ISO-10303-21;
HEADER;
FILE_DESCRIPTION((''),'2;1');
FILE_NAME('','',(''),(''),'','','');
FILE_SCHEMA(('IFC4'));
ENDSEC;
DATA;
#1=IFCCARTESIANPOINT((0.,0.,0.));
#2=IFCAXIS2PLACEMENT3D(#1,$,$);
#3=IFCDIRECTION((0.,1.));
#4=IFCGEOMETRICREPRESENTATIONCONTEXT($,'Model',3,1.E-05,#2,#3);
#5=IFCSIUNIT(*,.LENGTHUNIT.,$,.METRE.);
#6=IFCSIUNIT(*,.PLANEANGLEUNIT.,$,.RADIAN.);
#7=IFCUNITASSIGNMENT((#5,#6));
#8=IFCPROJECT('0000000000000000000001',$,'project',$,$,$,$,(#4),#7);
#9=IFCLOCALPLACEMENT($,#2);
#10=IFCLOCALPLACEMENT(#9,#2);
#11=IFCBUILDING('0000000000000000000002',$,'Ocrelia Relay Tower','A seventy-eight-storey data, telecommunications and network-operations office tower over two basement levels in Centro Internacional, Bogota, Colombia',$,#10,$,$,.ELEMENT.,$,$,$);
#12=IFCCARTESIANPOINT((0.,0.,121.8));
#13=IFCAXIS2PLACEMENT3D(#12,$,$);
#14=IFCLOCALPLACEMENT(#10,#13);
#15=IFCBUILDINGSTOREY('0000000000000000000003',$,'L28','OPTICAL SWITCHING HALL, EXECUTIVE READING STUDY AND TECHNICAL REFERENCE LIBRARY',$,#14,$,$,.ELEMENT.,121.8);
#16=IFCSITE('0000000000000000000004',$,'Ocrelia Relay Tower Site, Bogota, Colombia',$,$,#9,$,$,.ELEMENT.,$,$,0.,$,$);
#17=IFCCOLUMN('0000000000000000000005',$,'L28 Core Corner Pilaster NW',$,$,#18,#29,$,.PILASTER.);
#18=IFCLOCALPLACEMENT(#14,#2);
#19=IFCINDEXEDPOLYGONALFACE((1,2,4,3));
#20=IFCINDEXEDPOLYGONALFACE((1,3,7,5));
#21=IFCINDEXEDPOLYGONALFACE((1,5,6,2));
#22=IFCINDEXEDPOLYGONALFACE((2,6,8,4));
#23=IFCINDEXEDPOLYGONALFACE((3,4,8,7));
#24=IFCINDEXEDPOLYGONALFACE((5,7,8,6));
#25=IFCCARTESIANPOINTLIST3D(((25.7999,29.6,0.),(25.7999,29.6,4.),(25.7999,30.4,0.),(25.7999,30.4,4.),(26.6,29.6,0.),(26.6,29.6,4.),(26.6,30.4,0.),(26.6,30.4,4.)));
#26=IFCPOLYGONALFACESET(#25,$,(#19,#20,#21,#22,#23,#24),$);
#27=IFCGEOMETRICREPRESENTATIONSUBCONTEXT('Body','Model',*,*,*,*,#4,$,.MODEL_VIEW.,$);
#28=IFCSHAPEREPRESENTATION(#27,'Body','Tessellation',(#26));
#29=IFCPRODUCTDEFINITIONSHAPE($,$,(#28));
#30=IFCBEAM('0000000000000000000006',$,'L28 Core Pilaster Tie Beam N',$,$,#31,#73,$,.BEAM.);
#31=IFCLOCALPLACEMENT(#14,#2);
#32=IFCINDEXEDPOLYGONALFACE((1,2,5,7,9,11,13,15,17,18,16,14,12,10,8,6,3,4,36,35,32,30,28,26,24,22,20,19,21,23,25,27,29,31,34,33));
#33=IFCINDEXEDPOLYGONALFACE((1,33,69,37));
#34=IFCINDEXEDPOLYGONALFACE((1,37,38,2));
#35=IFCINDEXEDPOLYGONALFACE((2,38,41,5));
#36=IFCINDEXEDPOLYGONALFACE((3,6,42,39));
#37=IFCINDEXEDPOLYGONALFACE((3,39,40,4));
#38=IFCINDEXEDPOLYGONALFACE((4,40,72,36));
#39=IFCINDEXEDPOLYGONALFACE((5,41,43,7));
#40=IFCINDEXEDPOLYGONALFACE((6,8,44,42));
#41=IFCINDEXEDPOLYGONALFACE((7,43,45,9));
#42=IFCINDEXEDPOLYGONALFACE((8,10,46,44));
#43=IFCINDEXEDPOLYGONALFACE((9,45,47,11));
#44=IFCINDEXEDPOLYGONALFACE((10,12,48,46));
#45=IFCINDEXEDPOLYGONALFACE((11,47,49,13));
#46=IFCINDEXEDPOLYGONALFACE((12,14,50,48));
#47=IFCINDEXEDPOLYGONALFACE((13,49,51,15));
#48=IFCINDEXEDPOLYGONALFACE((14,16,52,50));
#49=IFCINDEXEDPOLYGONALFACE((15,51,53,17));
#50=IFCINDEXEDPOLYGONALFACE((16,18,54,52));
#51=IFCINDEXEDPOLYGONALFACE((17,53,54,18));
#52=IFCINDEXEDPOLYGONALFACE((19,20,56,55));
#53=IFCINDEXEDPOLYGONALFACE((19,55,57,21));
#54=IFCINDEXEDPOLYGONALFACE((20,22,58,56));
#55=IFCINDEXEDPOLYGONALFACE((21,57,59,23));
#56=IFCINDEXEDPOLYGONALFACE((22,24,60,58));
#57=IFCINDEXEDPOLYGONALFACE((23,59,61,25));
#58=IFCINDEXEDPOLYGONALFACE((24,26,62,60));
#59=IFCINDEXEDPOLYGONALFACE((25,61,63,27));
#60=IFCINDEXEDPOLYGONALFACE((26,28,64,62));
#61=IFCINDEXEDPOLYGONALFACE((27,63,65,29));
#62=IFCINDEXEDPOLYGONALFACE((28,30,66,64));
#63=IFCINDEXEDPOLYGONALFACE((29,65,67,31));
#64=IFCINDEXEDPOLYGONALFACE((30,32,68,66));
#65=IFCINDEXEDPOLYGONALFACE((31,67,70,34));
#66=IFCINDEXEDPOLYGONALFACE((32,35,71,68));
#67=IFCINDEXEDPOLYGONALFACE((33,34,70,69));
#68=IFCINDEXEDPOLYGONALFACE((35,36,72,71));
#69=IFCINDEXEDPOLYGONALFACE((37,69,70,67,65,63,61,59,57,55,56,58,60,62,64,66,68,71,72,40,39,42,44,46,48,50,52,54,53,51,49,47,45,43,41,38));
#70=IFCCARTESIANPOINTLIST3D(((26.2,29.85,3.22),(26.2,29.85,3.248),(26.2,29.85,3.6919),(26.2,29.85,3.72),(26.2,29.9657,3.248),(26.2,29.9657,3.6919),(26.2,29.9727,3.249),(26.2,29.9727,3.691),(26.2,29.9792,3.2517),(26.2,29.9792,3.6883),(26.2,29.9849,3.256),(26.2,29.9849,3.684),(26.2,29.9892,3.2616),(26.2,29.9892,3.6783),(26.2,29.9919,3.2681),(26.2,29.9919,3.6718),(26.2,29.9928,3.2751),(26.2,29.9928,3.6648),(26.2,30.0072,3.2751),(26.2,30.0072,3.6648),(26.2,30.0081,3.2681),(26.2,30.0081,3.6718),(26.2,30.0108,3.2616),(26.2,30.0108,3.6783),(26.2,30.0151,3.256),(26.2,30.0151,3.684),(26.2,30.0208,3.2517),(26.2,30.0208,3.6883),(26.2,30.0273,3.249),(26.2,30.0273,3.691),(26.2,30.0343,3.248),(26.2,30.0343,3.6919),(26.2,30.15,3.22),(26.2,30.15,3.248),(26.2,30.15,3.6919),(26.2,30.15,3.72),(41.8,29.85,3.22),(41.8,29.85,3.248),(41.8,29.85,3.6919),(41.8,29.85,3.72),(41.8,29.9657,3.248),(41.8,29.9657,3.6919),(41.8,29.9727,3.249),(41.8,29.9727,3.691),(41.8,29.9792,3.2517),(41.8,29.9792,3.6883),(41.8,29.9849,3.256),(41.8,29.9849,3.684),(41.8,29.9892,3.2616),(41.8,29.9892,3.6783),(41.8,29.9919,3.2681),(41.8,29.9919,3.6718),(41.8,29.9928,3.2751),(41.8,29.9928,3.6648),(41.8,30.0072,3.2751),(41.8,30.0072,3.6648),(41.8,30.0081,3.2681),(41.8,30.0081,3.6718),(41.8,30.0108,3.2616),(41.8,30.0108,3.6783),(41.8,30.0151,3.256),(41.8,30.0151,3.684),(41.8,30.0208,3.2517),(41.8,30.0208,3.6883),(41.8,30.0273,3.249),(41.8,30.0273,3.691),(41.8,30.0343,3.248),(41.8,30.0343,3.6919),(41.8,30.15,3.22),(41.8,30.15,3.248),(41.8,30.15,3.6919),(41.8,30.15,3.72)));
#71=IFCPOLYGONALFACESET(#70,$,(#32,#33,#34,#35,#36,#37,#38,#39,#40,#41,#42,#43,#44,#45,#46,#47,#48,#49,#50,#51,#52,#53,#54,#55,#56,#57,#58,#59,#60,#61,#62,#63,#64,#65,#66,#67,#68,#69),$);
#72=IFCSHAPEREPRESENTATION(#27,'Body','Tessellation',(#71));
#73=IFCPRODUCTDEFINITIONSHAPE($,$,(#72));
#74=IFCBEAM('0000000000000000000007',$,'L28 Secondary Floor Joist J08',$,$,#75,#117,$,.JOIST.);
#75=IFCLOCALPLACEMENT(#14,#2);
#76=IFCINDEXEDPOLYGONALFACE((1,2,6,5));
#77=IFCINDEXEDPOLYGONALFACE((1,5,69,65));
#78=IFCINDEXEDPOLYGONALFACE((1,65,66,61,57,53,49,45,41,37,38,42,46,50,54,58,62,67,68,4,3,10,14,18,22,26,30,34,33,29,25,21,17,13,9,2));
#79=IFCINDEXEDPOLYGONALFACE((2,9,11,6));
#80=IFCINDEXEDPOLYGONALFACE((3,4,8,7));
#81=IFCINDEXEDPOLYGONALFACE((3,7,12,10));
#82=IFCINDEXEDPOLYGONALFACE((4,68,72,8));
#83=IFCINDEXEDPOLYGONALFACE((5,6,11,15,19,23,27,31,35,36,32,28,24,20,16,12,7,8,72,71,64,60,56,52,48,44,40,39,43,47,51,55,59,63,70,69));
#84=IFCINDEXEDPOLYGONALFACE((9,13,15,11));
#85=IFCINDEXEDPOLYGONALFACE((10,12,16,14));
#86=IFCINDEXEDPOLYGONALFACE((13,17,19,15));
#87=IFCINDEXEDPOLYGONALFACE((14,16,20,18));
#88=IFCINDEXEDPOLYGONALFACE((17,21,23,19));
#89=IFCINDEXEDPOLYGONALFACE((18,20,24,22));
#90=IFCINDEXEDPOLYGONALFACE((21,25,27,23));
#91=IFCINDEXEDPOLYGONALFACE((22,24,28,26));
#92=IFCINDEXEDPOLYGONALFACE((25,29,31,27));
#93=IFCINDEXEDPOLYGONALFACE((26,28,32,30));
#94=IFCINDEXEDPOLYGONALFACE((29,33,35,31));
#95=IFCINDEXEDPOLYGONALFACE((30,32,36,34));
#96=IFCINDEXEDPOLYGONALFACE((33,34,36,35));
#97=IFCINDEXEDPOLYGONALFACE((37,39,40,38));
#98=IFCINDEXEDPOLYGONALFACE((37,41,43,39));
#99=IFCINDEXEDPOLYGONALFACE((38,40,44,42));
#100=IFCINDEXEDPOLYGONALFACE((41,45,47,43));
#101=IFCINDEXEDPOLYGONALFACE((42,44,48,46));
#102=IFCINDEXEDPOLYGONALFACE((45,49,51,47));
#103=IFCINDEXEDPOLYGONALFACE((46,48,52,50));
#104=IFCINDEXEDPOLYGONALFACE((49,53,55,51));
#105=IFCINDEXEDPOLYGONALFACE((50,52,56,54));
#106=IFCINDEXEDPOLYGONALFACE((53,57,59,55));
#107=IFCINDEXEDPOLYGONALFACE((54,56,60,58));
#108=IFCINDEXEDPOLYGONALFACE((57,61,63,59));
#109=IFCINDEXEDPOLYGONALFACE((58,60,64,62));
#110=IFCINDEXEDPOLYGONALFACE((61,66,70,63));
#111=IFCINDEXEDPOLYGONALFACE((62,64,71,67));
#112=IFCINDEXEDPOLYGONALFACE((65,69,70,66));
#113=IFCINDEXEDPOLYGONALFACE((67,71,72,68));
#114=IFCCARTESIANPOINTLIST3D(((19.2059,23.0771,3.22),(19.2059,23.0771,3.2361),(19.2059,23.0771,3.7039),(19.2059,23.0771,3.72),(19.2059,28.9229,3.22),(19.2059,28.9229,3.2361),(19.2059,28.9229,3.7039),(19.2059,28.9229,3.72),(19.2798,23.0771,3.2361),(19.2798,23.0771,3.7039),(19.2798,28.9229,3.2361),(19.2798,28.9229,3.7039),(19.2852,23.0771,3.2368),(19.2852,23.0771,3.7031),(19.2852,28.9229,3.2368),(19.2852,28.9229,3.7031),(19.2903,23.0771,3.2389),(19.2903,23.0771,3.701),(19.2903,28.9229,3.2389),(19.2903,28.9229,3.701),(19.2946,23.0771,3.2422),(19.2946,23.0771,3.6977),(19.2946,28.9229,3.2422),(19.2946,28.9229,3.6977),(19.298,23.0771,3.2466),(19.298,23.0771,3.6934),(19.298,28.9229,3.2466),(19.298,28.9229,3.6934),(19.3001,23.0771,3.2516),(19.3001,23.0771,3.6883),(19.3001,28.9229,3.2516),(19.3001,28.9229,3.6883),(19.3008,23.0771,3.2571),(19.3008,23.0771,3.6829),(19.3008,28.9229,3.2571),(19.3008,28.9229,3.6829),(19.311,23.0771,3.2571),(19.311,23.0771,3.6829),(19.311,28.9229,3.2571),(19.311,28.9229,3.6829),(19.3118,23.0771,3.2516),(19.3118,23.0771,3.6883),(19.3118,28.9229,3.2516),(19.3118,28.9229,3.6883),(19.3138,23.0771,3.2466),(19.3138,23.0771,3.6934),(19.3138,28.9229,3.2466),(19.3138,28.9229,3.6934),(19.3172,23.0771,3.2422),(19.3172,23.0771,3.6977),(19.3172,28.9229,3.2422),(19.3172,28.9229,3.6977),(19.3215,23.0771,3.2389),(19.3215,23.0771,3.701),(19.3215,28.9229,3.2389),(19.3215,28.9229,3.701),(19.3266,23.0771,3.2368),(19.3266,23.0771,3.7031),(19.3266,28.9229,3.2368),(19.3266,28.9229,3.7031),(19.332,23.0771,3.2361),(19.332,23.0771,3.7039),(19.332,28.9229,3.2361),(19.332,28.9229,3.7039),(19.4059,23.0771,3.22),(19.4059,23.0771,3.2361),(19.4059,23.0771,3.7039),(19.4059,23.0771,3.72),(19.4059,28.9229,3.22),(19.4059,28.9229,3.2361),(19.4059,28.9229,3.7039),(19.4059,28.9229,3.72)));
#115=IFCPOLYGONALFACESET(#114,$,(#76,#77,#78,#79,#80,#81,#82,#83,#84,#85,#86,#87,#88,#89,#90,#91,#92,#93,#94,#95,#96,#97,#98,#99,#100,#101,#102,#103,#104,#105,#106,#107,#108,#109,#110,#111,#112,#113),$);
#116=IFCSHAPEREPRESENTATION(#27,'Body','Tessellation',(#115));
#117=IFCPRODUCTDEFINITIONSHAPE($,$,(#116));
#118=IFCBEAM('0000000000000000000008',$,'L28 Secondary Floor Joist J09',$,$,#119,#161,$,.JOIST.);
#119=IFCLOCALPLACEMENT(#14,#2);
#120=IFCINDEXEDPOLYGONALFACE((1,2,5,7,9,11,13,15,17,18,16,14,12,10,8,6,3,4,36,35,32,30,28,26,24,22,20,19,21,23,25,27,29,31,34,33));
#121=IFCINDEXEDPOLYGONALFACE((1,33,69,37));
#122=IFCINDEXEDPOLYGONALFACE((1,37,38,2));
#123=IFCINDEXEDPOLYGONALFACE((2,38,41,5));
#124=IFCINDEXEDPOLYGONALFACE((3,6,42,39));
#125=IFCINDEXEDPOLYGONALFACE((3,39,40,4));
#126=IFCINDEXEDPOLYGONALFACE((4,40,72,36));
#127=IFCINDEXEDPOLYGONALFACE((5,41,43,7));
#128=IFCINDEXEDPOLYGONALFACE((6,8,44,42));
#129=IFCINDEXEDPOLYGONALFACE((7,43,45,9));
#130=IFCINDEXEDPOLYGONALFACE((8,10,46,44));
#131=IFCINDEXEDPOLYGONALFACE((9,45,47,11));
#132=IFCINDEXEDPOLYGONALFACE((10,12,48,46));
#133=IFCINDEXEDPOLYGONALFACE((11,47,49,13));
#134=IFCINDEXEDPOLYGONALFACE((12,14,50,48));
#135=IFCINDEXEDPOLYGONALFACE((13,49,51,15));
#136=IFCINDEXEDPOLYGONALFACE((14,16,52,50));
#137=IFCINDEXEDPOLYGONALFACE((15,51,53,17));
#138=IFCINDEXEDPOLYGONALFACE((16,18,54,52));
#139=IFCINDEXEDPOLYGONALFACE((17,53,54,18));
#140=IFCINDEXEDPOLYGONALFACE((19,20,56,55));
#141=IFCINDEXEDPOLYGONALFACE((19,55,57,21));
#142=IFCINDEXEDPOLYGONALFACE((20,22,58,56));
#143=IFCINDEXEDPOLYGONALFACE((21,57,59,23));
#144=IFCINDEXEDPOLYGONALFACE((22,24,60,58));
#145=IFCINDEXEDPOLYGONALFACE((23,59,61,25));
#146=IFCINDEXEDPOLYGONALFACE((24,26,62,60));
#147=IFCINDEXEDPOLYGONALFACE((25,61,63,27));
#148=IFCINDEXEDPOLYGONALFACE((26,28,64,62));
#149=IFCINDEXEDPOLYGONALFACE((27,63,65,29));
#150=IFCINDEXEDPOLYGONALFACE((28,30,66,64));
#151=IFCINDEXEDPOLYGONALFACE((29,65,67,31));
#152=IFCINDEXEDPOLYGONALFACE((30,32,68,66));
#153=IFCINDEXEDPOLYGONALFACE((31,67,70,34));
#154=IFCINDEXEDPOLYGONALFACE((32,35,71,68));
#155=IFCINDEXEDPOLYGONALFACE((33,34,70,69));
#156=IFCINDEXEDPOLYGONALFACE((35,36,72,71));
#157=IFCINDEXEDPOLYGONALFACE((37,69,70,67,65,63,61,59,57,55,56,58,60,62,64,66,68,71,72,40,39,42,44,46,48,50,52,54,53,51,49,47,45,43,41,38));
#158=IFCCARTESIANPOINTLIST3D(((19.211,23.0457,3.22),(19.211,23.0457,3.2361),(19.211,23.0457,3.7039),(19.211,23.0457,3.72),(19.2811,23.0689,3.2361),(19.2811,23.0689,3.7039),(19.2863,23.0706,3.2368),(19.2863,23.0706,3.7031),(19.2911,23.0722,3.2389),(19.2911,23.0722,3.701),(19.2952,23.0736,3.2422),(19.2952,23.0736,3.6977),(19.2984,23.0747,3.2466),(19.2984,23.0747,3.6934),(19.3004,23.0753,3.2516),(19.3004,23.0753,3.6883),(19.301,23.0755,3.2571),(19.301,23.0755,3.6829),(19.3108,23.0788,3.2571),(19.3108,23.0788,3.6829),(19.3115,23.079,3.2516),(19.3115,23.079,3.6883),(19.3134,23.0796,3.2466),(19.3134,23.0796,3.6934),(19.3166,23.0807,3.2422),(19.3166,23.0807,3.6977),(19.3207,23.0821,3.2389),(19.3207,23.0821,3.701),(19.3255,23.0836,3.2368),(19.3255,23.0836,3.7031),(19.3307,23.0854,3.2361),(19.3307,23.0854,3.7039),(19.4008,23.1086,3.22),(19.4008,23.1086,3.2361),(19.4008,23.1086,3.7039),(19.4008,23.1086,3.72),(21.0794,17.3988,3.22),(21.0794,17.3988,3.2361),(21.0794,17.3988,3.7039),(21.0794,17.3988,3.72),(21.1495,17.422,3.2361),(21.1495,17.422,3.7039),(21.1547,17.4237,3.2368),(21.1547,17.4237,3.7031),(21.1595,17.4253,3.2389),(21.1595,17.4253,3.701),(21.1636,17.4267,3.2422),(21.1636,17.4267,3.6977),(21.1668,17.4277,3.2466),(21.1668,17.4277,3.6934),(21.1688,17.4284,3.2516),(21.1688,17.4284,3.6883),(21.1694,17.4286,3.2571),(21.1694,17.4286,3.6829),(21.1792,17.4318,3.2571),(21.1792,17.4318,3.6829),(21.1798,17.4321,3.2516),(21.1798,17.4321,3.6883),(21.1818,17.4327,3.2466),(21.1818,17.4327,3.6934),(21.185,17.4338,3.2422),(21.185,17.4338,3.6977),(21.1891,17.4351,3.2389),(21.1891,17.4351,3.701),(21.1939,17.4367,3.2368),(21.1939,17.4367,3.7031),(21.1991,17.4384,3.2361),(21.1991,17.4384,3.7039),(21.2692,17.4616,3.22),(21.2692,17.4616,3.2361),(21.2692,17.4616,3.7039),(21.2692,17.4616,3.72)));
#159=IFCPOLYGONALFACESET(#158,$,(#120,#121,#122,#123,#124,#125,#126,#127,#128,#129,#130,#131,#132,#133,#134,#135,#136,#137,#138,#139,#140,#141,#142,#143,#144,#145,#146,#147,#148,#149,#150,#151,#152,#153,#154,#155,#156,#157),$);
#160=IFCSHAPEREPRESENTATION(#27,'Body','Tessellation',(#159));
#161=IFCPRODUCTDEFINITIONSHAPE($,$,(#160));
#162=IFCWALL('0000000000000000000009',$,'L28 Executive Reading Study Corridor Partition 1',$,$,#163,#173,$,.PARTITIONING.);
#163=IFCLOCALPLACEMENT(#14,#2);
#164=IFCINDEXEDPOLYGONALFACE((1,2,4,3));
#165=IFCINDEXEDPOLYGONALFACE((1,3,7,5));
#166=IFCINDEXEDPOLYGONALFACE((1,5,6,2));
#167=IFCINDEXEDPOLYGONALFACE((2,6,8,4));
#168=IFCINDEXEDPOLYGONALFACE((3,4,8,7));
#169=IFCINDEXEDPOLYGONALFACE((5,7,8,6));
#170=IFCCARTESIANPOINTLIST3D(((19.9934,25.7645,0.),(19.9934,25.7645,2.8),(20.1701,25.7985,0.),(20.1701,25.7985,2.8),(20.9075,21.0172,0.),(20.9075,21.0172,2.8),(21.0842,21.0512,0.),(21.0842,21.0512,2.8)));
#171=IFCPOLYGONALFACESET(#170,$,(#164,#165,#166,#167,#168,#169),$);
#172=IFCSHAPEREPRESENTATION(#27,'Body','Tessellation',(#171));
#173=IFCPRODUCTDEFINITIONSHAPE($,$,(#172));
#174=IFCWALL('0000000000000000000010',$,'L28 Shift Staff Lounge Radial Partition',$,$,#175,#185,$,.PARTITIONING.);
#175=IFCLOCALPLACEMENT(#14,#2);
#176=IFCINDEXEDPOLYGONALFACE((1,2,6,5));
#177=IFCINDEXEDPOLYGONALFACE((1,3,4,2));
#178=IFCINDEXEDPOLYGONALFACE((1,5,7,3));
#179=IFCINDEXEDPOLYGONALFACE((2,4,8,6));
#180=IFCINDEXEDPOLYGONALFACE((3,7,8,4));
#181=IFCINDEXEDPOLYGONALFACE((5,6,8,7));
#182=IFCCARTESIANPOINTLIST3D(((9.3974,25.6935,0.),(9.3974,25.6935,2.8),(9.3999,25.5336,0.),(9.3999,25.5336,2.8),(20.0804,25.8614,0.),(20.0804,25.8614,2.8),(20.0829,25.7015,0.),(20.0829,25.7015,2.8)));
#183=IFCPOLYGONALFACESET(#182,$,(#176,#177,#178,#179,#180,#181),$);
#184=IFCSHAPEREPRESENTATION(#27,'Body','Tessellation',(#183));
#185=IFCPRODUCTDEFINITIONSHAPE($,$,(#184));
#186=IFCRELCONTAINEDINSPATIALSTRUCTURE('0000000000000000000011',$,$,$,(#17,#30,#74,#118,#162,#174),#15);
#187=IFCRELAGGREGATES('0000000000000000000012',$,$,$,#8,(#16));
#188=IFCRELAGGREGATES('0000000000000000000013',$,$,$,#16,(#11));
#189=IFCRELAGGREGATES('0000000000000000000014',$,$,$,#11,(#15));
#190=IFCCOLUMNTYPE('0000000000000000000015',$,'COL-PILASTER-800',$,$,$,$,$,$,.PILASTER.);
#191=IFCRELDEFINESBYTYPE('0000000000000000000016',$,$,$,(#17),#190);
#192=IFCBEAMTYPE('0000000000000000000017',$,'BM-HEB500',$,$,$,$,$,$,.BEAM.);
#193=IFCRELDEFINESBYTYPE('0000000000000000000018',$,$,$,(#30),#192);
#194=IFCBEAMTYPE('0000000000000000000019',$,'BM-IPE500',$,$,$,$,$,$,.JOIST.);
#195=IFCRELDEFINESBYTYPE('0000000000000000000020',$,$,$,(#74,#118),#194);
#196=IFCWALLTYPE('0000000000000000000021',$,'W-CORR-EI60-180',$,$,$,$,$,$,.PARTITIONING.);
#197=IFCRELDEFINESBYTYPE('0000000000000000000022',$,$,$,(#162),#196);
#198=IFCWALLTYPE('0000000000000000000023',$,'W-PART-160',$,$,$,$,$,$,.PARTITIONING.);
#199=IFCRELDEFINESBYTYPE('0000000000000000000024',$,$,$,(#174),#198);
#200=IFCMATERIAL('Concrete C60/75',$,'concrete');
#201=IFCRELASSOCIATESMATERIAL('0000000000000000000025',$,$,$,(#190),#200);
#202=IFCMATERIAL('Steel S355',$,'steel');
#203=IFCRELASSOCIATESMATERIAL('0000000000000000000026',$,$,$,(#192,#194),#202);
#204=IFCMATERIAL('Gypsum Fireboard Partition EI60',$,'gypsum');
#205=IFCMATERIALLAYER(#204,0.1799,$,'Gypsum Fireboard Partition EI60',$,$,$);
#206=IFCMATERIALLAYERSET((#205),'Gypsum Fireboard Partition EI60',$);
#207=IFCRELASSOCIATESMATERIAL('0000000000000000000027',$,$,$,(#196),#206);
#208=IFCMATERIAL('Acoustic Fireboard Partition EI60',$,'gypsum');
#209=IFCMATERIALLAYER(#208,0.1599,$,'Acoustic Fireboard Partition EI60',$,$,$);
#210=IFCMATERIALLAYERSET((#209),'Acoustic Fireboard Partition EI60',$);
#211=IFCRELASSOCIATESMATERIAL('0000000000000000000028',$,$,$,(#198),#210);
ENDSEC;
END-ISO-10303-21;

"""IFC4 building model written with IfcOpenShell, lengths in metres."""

from ifc_helpers import new_model, si_unit, direction, frame, frame_2d, origin, origin_2d, place, context, subcontext, project, spatial, rectangle, i_section, extrude, material, layer, layer_set, material_profile, profile_set, type_object, element, save


model = new_model("IFC4")

# Units and contexts
model_context = context("Model", 3, precision=1e-05, world=origin(), true_north=direction((0.0, 1.0)))
body_context = subcontext(model_context, "Body", "Model", "MODEL_VIEW")
ifc_project = project(units=[si_unit("LENGTHUNIT", "METRE"), si_unit("PLANEANGLEUNIT", "RADIAN")], contexts=[model_context])

# Site, building, storey
site_placement = place(None, origin())
site = spatial("IfcSite", under=ifc_project, at=site_placement, Name="Ocrelia Relay Tower Site, Bogota, Colombia", CompositionType="ELEMENT", RefElevation=0.0)
building_placement = place(site_placement, origin())
building = spatial("IfcBuilding", under=site, at=building_placement, Name="Ocrelia Relay Tower", Description="A seventy-eight-storey data, telecommunications and network-operations office tower over two basement levels in Centro Internacional, Bogota, Colombia", CompositionType="ELEMENT")
storey_placement = place(building_placement, frame((0.0, 0.0, 121.8)))
storey = spatial("IfcBuildingStorey", under=building, at=storey_placement, Name="L28", Description="OPTICAL SWITCHING HALL, EXECUTIVE READING STUDY AND TECHNICAL REFERENCE LIBRARY", CompositionType="ELEMENT", Elevation=121.8)

# Column
ifc_material_1 = material(Name="Concrete C60/75", Category="concrete")
ifc_material_profile_1 = material_profile(ifc_material_1, rectangle(XDim=0.8, YDim=0.8, at=origin_2d()), Name="RC-COL-800x800")
ifc_profile_set_1 = profile_set([ifc_material_profile_1], Name="Concrete C60/75")
column_type = type_object("IfcColumnType", Name="COL-PILASTER-800", PredefinedType="PILASTER", material=ifc_profile_set_1)
column_placement = place(storey_placement, frame((26.2, 30.0, 0.0), z_axis=(0.0, 0.0, 1.0), x_axis=(1.0, 0.0, 0.0)))
element("IfcColumn", 1, at=column_placement, inside=storey, type_object=column_type, Name="L28 Core Corner Pilaster NW", PredefinedType="PILASTER", context=body_context, shape_type="SweptSolid", body=[
    extrude(rectangle(XDim=0.8, YDim=0.8, at=origin_2d()), origin(), (0.0, 0.0, 1.0), 4.0),
])

# Beams
ifc_material_2 = material(Name="Steel S355", Category="steel")
ifc_material_profile_2 = material_profile(ifc_material_2, i_section(OverallWidth=0.3, OverallDepth=0.5, WebThickness=0.0144, FlangeThickness=0.0281, FilletRadius=0.0271, at=origin_2d()), Name="HEB 500")
ifc_profile_set_2 = profile_set([ifc_material_profile_2], Name="Steel S355")
beam_type_1 = type_object("IfcBeamType", Name="BM-HEB500", PredefinedType="BEAM", material=ifc_profile_set_2)
beam_1_placement = place(storey_placement, frame((26.2, 30.0, 3.47), z_axis=(1.0, 0.0, 0.0), x_axis=(0.0, 1.0, 0.0)))
element("IfcBeam", 2, at=beam_1_placement, inside=storey, type_object=beam_type_1, Name="L28 Core Pilaster Tie Beam N", PredefinedType="BEAM", context=body_context, shape_type="SweptSolid", body=[
    extrude(i_section(OverallWidth=0.3, OverallDepth=0.5, WebThickness=0.0144, FlangeThickness=0.0281, FilletRadius=0.0271, at=origin_2d()), origin(), (0.0, 0.0, 1.0), 15.6001),
])
ifc_material_profile_3 = material_profile(ifc_material_2, i_section(OverallWidth=0.2, OverallDepth=0.5, WebThickness=0.0103, FlangeThickness=0.0161, FilletRadius=0.021, at=origin_2d()), Name="IPE 500")
ifc_profile_set_3 = profile_set([ifc_material_profile_3], Name="Steel S355")
beam_type_2 = type_object("IfcBeamType", Name="BM-IPE500", PredefinedType="JOIST", material=ifc_profile_set_3)
beam_2_placement = place(storey_placement, frame((19.3059, 28.9229, 3.47), z_axis=(0.0, -1.0, 0.0), x_axis=(1.0, 0.0, 0.0)))
element("IfcBeam", 3, at=beam_2_placement, inside=storey, type_object=beam_type_2, Name="L28 Secondary Floor Joist J08", PredefinedType="JOIST", context=body_context, shape_type="SweptSolid", body=[
    extrude(i_section(OverallWidth=0.2, OverallDepth=0.5, WebThickness=0.0103, FlangeThickness=0.0161, FilletRadius=0.021, at=origin_2d()), origin(), (0.0, 0.0, 1.0), 5.8457),
])
beam_3_placement = place(storey_placement, frame((19.3059, 23.0771, 3.47), z_axis=(0.314121, -0.949383, 0.0), x_axis=(0.949383, 0.314121, 0.0)))
element("IfcBeam", 4, at=beam_3_placement, inside=storey, type_object=beam_type_2, Name="L28 Secondary Floor Joist J09", PredefinedType="JOIST", context=body_context, shape_type="SweptSolid", body=[
    extrude(i_section(OverallWidth=0.2, OverallDepth=0.5, WebThickness=0.0103, FlangeThickness=0.0161, FilletRadius=0.021, at=origin_2d()), origin(), (0.0, 0.0, 1.0), 5.948),
])

# Wall
ifc_material_3 = material(Name="Gypsum Fireboard Partition EI60", Category="gypsum")
ifc_layer_1 = layer(ifc_material_3, 0.1799, Name="Gypsum Fireboard Partition EI60")
ifc_layer_set_1 = layer_set([ifc_layer_1], Name="Gypsum Fireboard Partition EI60")
wall_type_1 = type_object("IfcWallType", Name="W-CORR-EI60-180", PredefinedType="PARTITIONING", material=ifc_layer_set_1)
wall_1_placement = place(storey_placement, frame((20.0818, 25.7815, 0.0), z_axis=(0.0, 0.0, 1.0), x_axis=(0.18907, -0.981964, 0.0)))
element("IfcWall", 5, at=wall_1_placement, inside=storey, type_object=wall_type_1, Name="L28 Executive Reading Study Corridor Partition 1", PredefinedType="PARTITIONING", context=body_context, shape_type="SweptSolid", body=[
    extrude(rectangle(XDim=4.8345, YDim=0.1799, at=frame_2d((2.4172, 0.0))), origin(), (0.0, 0.0, 1.0), 2.8),
])

# Wall
ifc_material_4 = material(Name="Acoustic Fireboard Partition EI60", Category="gypsum")
ifc_layer_2 = layer(ifc_material_4, 0.1599, Name="Acoustic Fireboard Partition EI60")
ifc_layer_set_2 = layer_set([ifc_layer_2], Name="Acoustic Fireboard Partition EI60")
wall_type_2 = type_object("IfcWallType", Name="W-PART-160", PredefinedType="PARTITIONING", material=ifc_layer_set_2)
wall_2_placement = place(storey_placement, frame((20.0818, 25.7815, 0.0), z_axis=(0.0, 0.0, 1.0), x_axis=(-0.999876, -0.015721, 0.0)))
element("IfcWall", 6, at=wall_2_placement, inside=storey, type_object=wall_type_2, Name="L28 Shift Staff Lounge Radial Partition", PredefinedType="PARTITIONING", context=body_context, shape_type="SweptSolid", body=[
    extrude(rectangle(XDim=10.6843, YDim=0.1599, at=frame_2d((5.3423, 0.0))), origin(), (0.0, 0.0, 1.0), 2.8),
])

save(model, "model.ifc")
